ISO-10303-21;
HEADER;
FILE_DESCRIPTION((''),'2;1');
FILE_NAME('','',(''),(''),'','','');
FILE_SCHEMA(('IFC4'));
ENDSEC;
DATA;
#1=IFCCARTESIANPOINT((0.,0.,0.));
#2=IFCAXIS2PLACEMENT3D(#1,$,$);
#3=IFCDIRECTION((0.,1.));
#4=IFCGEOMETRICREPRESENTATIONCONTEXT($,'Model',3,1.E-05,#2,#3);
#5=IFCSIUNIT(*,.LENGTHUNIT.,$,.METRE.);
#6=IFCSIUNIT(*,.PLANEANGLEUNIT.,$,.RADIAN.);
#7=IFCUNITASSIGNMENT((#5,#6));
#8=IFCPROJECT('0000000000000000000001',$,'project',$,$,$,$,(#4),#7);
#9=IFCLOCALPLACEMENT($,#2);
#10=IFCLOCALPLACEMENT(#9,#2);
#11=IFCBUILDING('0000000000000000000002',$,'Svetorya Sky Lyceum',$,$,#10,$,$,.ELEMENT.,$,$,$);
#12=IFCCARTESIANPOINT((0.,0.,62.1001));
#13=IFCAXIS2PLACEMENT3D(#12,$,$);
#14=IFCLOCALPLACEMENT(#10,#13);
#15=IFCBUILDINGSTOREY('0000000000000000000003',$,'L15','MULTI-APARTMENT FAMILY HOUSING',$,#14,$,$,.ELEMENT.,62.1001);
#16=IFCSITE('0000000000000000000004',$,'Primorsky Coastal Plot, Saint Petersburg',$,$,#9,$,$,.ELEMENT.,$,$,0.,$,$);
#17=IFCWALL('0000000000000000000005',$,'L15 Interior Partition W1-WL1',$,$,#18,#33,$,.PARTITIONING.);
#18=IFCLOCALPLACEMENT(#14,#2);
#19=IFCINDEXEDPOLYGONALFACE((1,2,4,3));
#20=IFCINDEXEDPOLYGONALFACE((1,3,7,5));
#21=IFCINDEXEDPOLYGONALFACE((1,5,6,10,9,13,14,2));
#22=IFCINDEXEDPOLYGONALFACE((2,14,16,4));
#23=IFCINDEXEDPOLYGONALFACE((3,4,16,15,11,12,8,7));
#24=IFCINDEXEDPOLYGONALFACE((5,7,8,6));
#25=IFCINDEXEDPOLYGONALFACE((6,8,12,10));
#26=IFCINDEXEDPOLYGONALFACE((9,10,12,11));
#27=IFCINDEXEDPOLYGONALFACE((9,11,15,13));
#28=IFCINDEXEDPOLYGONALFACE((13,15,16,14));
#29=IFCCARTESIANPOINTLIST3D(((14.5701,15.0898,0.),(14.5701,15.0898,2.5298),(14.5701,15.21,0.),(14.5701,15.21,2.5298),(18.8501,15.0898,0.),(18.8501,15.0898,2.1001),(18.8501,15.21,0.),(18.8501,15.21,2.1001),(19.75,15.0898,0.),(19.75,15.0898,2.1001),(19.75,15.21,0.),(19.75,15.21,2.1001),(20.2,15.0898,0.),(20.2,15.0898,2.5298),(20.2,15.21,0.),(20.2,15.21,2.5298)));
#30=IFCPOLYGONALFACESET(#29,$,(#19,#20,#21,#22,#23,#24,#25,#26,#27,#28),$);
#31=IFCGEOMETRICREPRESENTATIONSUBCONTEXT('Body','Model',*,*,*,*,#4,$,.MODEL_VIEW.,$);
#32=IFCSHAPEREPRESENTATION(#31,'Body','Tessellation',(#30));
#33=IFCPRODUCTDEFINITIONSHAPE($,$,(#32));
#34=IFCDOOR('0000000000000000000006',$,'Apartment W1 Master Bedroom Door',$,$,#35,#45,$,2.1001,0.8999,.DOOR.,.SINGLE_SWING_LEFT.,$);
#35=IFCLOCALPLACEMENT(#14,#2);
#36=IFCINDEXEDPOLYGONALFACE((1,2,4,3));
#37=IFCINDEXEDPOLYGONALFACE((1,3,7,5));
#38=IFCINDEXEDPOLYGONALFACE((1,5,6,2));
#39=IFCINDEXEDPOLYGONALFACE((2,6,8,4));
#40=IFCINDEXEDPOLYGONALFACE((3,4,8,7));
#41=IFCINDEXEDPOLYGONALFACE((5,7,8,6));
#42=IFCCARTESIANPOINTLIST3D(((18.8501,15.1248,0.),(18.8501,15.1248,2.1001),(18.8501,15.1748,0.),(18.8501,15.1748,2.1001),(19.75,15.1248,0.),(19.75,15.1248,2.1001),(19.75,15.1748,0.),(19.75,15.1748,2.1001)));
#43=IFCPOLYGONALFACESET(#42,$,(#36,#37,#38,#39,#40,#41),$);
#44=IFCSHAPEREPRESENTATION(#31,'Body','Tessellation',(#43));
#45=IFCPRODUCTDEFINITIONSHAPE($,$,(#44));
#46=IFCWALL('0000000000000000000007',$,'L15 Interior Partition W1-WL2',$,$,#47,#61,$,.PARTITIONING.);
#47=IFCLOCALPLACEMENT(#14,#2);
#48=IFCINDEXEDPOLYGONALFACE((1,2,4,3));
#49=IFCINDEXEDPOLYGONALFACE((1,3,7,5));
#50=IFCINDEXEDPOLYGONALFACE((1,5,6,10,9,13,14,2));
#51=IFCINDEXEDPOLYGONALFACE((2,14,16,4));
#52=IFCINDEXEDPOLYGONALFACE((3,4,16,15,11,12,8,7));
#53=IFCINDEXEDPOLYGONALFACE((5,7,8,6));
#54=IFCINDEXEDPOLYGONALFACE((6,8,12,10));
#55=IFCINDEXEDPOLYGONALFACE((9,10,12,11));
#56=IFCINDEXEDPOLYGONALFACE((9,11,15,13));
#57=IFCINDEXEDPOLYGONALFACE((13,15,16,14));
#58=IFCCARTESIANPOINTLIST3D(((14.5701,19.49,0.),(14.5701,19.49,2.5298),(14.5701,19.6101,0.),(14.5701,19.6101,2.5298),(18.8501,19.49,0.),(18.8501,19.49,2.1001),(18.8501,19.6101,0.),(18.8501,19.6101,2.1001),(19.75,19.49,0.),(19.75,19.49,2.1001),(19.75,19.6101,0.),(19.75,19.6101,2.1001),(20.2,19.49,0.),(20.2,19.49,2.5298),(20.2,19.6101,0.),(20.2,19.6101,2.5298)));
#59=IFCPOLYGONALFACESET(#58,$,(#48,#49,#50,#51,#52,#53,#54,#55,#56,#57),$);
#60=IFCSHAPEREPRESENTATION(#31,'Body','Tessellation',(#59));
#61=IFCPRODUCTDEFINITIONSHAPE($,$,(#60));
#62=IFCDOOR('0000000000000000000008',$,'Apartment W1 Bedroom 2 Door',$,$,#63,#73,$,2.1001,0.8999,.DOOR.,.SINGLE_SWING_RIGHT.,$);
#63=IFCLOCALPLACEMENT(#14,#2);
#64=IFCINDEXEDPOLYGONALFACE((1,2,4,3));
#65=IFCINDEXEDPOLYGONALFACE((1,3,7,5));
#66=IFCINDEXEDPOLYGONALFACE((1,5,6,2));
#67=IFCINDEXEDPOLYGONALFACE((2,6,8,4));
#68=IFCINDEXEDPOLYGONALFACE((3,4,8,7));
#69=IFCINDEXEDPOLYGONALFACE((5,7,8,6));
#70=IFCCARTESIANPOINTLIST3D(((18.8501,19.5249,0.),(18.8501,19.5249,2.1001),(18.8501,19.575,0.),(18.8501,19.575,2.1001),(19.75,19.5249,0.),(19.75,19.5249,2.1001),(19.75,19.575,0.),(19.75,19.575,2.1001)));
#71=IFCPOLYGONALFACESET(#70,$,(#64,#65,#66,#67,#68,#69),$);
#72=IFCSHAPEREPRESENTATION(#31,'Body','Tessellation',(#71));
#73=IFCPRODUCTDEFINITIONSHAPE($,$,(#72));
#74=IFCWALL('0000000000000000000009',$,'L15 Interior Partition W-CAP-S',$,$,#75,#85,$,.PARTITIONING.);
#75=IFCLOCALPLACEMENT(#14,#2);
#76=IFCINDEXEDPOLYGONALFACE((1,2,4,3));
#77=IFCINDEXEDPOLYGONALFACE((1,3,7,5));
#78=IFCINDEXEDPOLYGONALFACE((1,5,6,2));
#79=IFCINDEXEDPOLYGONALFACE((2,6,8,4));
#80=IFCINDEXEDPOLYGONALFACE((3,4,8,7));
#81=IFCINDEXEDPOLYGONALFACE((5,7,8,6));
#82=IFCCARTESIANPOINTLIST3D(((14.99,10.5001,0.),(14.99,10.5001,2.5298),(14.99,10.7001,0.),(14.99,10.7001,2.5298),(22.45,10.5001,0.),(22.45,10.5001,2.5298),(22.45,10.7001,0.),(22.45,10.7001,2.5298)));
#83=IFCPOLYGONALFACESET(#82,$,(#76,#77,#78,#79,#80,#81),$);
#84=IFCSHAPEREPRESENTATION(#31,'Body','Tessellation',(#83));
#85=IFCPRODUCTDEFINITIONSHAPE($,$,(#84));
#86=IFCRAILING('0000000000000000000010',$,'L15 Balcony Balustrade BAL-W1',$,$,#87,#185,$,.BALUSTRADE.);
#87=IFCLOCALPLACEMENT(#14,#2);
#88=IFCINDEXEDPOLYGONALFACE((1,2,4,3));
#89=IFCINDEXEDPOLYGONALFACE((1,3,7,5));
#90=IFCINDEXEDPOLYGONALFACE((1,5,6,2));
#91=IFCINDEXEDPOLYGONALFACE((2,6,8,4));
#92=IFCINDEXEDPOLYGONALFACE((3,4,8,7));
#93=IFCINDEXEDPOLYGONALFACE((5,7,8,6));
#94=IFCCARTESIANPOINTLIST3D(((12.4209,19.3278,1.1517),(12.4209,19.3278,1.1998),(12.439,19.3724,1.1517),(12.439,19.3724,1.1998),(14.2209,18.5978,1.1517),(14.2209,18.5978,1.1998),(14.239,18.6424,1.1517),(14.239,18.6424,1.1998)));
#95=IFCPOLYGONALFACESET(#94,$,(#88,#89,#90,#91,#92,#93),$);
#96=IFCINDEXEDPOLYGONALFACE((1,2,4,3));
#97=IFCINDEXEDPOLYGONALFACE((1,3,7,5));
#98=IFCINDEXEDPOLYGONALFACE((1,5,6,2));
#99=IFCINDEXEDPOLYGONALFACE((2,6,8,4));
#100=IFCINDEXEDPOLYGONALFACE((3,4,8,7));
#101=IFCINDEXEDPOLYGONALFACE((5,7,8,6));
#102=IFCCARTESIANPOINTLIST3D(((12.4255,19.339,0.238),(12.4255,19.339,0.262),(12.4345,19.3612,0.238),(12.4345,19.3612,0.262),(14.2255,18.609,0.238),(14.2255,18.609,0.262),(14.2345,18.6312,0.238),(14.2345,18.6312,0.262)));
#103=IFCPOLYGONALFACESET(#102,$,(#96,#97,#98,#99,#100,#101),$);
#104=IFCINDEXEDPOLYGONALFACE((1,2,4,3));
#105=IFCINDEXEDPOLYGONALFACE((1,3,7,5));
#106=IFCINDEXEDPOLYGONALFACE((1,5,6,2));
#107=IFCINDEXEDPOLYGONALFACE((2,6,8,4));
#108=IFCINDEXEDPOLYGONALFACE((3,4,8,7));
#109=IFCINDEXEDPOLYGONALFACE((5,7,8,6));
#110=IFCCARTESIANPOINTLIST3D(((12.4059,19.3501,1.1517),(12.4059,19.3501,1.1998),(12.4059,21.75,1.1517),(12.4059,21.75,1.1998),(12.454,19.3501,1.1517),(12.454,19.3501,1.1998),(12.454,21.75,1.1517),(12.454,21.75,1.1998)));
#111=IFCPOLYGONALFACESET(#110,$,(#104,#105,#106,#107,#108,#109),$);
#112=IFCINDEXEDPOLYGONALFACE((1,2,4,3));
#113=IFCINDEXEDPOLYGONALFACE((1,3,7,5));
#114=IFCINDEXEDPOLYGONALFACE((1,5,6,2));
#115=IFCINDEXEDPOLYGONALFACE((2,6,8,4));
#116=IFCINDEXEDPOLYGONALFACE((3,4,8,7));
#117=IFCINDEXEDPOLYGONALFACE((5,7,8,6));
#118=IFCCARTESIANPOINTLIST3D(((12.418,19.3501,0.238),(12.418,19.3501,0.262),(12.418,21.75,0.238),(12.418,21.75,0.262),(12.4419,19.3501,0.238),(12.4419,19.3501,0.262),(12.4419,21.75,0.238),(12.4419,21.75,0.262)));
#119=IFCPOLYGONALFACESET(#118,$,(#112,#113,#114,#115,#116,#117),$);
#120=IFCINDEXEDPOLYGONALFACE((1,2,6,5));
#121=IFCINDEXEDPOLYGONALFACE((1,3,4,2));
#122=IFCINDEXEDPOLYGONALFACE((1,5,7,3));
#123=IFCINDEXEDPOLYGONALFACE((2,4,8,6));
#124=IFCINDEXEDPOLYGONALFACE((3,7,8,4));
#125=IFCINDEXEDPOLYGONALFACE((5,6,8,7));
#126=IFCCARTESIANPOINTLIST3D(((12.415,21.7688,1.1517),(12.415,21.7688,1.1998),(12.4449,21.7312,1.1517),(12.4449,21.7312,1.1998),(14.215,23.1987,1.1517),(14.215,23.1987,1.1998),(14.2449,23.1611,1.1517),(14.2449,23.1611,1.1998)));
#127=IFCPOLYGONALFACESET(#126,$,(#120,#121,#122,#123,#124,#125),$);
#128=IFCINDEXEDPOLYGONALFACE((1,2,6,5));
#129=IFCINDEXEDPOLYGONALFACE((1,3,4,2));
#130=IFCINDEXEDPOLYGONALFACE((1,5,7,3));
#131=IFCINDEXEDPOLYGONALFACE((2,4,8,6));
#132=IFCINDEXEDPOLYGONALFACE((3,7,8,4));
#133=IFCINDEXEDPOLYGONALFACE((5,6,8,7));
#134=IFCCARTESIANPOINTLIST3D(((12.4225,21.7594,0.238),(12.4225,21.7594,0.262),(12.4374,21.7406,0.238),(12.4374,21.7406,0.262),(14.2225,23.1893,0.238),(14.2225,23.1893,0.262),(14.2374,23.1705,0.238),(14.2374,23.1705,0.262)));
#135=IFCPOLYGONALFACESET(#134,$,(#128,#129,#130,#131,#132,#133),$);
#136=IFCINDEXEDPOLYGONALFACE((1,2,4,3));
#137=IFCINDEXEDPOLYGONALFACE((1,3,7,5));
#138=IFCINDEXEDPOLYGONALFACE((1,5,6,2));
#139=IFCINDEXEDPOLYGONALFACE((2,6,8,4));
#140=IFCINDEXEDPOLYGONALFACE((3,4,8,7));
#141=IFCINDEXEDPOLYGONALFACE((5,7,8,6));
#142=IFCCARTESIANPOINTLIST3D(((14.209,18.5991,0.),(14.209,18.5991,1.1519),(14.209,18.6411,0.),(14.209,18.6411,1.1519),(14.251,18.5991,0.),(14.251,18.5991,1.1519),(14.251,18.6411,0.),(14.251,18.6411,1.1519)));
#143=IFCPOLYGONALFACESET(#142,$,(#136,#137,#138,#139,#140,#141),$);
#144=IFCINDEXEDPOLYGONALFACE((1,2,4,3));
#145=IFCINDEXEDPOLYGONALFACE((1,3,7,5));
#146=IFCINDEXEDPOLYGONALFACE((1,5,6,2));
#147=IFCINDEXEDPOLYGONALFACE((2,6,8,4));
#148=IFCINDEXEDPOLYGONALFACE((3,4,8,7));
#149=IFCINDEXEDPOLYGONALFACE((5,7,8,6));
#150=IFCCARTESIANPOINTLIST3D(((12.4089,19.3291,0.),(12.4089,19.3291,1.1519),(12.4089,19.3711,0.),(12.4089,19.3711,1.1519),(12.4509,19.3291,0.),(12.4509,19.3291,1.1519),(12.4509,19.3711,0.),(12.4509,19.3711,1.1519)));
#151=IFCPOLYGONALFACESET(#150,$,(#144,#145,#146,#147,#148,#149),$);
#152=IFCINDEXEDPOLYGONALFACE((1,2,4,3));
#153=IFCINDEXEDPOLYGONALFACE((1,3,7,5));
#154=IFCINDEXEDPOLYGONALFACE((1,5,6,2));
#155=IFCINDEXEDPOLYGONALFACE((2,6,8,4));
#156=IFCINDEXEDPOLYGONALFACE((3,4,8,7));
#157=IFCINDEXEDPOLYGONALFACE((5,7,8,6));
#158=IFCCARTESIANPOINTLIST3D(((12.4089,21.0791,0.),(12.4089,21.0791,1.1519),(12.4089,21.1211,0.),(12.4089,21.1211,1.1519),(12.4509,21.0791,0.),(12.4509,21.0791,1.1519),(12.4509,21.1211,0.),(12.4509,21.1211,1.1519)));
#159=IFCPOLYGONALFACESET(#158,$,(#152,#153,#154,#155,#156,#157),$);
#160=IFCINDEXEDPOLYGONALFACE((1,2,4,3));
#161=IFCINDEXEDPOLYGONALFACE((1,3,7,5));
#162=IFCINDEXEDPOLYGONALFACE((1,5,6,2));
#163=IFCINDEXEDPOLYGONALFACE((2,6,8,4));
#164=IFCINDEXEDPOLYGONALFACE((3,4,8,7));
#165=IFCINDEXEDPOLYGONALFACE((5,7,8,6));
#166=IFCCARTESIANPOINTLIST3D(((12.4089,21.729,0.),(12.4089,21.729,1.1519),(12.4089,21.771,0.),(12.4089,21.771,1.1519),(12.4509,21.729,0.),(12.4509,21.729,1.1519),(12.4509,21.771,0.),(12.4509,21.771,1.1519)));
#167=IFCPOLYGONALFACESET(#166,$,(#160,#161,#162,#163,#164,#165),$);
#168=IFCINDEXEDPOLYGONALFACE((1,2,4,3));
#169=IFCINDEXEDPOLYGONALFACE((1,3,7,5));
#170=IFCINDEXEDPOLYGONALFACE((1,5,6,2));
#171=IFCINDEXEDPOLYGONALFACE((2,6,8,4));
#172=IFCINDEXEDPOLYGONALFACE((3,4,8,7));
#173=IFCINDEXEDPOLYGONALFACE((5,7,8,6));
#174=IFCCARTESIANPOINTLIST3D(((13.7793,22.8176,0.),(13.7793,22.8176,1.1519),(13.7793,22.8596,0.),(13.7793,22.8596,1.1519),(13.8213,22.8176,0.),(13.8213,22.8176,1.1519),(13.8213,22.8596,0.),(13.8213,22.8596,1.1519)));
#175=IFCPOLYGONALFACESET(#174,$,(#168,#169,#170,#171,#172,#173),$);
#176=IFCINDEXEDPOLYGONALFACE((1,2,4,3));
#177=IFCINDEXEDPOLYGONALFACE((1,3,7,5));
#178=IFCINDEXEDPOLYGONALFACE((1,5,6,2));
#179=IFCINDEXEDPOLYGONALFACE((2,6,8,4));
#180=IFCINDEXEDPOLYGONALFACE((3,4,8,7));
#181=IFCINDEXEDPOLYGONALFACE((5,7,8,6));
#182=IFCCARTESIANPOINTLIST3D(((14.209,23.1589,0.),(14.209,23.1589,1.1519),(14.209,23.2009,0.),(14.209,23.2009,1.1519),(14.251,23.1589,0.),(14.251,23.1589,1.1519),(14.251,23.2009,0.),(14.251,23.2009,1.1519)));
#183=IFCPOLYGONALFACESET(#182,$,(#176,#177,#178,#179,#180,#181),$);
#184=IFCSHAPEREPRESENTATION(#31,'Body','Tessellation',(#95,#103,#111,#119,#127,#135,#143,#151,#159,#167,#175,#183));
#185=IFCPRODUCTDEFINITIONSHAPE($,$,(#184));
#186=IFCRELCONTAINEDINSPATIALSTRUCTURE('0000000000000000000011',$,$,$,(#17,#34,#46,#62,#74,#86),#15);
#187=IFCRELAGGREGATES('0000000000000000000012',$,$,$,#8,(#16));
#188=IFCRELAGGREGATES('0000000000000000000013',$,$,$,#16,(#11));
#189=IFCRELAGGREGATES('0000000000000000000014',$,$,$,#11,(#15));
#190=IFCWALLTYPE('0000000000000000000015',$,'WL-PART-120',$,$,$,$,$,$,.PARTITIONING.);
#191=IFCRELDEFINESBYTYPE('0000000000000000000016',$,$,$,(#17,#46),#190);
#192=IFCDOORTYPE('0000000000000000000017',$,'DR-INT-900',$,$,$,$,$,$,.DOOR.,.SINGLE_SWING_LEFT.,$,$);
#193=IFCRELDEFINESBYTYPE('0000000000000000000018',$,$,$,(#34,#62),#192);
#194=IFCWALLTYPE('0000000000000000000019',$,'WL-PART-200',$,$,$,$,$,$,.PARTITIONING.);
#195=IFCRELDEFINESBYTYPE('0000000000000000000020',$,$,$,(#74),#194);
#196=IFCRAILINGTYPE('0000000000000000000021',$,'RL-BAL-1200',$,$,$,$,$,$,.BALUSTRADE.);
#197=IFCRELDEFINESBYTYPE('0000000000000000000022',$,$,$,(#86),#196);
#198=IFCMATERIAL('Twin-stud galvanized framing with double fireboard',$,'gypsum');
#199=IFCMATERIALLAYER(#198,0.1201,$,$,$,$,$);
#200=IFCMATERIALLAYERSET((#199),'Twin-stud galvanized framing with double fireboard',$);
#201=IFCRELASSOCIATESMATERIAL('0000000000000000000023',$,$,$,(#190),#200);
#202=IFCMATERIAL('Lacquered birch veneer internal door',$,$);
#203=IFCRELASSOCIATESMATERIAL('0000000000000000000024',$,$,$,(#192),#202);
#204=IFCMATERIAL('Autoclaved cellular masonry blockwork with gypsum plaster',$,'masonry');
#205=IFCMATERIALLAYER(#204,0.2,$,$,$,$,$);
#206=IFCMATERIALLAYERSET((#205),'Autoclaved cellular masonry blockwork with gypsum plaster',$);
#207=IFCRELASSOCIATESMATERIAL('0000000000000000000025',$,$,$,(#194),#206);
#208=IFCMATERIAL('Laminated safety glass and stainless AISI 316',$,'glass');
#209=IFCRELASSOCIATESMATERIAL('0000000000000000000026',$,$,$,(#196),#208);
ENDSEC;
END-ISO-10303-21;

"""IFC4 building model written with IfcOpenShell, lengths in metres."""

from ifc_helpers import new_model, si_unit, direction, frame, frame_2d, origin, origin_2d, place, context, subcontext, project, spatial, rectangle, extrude, material, layer, layer_set, type_object, element, fill, save


model = new_model("IFC4")

# Units and contexts
model_context = context("Model", 3, precision=1e-05, world=origin(), true_north=direction((0.0, 1.0)))
body_context = subcontext(model_context, "Body", "Model", "MODEL_VIEW")
ifc_project = project(units=[si_unit("LENGTHUNIT", "METRE"), si_unit("PLANEANGLEUNIT", "RADIAN")], contexts=[model_context])

# Site, building, storey
site_placement = place(None, origin())
site = spatial("IfcSite", under=ifc_project, at=site_placement, Name="Primorsky Coastal Plot, Saint Petersburg", CompositionType="ELEMENT", RefElevation=0.0)
building_placement = place(site_placement, origin())
building = spatial("IfcBuilding", under=site, at=building_placement, Name="Svetorya Sky Lyceum", CompositionType="ELEMENT")
storey_placement = place(building_placement, frame((0.0, 0.0, 62.1001)))
storey = spatial("IfcBuildingStorey", under=building, at=storey_placement, Name="L15", Description="MULTI-APARTMENT FAMILY HOUSING", CompositionType="ELEMENT", Elevation=62.1001)

# Walls, openings, doors
ifc_material_1 = material(Name="Twin-stud galvanized framing with double fireboard", Category="gypsum")
ifc_layer_1 = layer(ifc_material_1, 0.1201)
ifc_layer_set_1 = layer_set([ifc_layer_1], Name="Twin-stud galvanized framing with double fireboard")
wall_type_1 = type_object("IfcWallType", Name="WL-PART-120", PredefinedType="PARTITIONING", material=ifc_layer_set_1)
wall_1_placement = place(storey_placement, frame((14.5701, 15.1499, 0.0), z_axis=(0.0, 0.0, 1.0), x_axis=(1.0, 0.0, 0.0)))
wall_1 = element("IfcWall", 1, at=wall_1_placement, inside=storey, type_object=wall_type_1, Name="L15 Interior Partition W1-WL1", PredefinedType="PARTITIONING", context=body_context, shape_type="SweptSolid", body=[
    extrude(rectangle(XDim=5.6299, YDim=0.1201, at=frame_2d((2.8149, 0.0))), origin(), (0.0, 0.0, 1.0), 2.5298),
])
opening_1_placement = place(wall_1_placement, frame((4.28, 0.0, 0.0)))
opening_1 = element("IfcOpeningElement", 2, at=opening_1_placement, cuts=wall_1, PredefinedType="OPENING", context=body_context, shape_type="SweptSolid", body=[
    extrude(rectangle(XDim=0.8999, YDim=2.1001, at=frame_2d((0.45, 1.05))), frame((0.0, 0.0701, 0.0), z_axis=(0.0, -1.0, 0.0), x_axis=(1.0, 0.0, 0.0)), (0.0, 0.0, 1.0), 0.1401),
])
ifc_material_2 = material(Name="Lacquered birch veneer internal door")
door_type = type_object("IfcDoorType", Name="DR-INT-900", OperationType="SINGLE_SWING_LEFT", PredefinedType="DOOR", material=ifc_material_2)
door_1_placement = place(opening_1_placement, origin())
door_1 = element("IfcDoor", 3, at=door_1_placement, inside=storey, type_object=door_type, Name="Apartment W1 Master Bedroom Door", OperationType="SINGLE_SWING_LEFT", OverallHeight=2.1001, OverallWidth=0.8999, PredefinedType="DOOR", context=body_context, shape_type="SweptSolid", body=[
    extrude(rectangle(XDim=0.8999, YDim=2.1001, at=frame_2d((0.45, 1.05))), frame((0.0, 0.0249, 0.0), z_axis=(0.0, -1.0, 0.0), x_axis=(1.0, 0.0, 0.0)), (0.0, 0.0, 1.0), 0.05),
])
fill(opening_1, door_1)
wall_2_placement = place(storey_placement, frame((14.5701, 19.55, 0.0), z_axis=(0.0, 0.0, 1.0), x_axis=(1.0, 0.0, 0.0)))
wall_2 = element("IfcWall", 4, at=wall_2_placement, inside=storey, type_object=wall_type_1, Name="L15 Interior Partition W1-WL2", PredefinedType="PARTITIONING", context=body_context, shape_type="SweptSolid", body=[
    extrude(rectangle(XDim=5.6299, YDim=0.1201, at=frame_2d((2.8149, 0.0))), origin(), (0.0, 0.0, 1.0), 2.5298),
])
opening_2_placement = place(wall_2_placement, frame((4.28, 0.0, 0.0)))
opening_2 = element("IfcOpeningElement", 5, at=opening_2_placement, cuts=wall_2, PredefinedType="OPENING", context=body_context, shape_type="SweptSolid", body=[
    extrude(rectangle(XDim=0.8999, YDim=2.1001, at=frame_2d((0.45, 1.05))), frame((0.0, 0.0701, 0.0), z_axis=(0.0, -1.0, 0.0), x_axis=(1.0, 0.0, 0.0)), (0.0, 0.0, 1.0), 0.1401),
])
door_2_placement = place(opening_2_placement, origin())
door_2 = element("IfcDoor", 6, at=door_2_placement, inside=storey, type_object=door_type, Name="Apartment W1 Bedroom 2 Door", OperationType="SINGLE_SWING_RIGHT", OverallHeight=2.1001, OverallWidth=0.8999, PredefinedType="DOOR", context=body_context, shape_type="SweptSolid", body=[
    extrude(rectangle(XDim=0.8999, YDim=2.1001, at=frame_2d((0.45, 1.05))), frame((0.0, 0.0249, 0.0), z_axis=(0.0, -1.0, 0.0), x_axis=(1.0, 0.0, 0.0)), (0.0, 0.0, 1.0), 0.05),
])
fill(opening_2, door_2)

# Wall
ifc_material_3 = material(Name="Autoclaved cellular masonry blockwork with gypsum plaster", Category="masonry")
ifc_layer_2 = layer(ifc_material_3, 0.2)
ifc_layer_set_2 = layer_set([ifc_layer_2], Name="Autoclaved cellular masonry blockwork with gypsum plaster")
wall_type_2 = type_object("IfcWallType", Name="WL-PART-200", PredefinedType="PARTITIONING", material=ifc_layer_set_2)
wall_3_placement = place(storey_placement, frame((14.99, 10.6001, 0.0), z_axis=(0.0, 0.0, 1.0), x_axis=(1.0, 0.0, 0.0)))
element("IfcWall", 7, at=wall_3_placement, inside=storey, type_object=wall_type_2, Name="L15 Interior Partition W-CAP-S", PredefinedType="PARTITIONING", context=body_context, shape_type="SweptSolid", body=[
    extrude(rectangle(XDim=7.46, YDim=0.2, at=frame_2d((3.73, 0.0))), origin(), (0.0, 0.0, 1.0), 2.5298),
])

# Railing
ifc_material_4 = material(Name="Laminated safety glass and stainless AISI 316", Category="glass")
railing_type = type_object("IfcRailingType", Name="RL-BAL-1200", PredefinedType="BALUSTRADE", material=ifc_material_4)
railing_placement = place(storey_placement, frame((14.23, 18.6201, 0.0)))
element("IfcRailing", 8, at=railing_placement, inside=storey, type_object=railing_type, Name="L15 Balcony Balustrade BAL-W1", PredefinedType="BALUSTRADE", context=body_context, shape_type="SweptSolid", body=[
    extrude(rectangle(XDim=0.0481, YDim=0.0481, at=origin_2d()), frame((0.0, 0.0, 1.1758), z_axis=(-0.926698, 0.375807, 0.0), x_axis=(-0.375807, -0.926698, 0.0)), (0.0, 0.0, 1.0), 1.9424),
    extrude(rectangle(XDim=0.0239, YDim=0.0239, at=origin_2d()), frame((0.0, 0.0, 0.25), z_axis=(-0.926698, 0.375807, 0.0), x_axis=(-0.375807, -0.926698, 0.0)), (0.0, 0.0, 1.0), 1.9424),
    extrude(rectangle(XDim=0.0481, YDim=0.0481, at=origin_2d()), frame((-1.8, 0.73, 1.1758), z_axis=(0.0, 1.0, 0.0), x_axis=(-1.0, 0.0, 0.0)), (0.0, 0.0, 1.0), 2.3999),
    extrude(rectangle(XDim=0.0239, YDim=0.0239, at=origin_2d()), frame((-1.8, 0.73, 0.25), z_axis=(0.0, 1.0, 0.0), x_axis=(-1.0, 0.0, 0.0)), (0.0, 0.0, 1.0), 2.3999),
    extrude(rectangle(XDim=0.0481, YDim=0.0481, at=origin_2d()), frame((-1.8, 3.1299, 1.1758), z_axis=(0.783009, 0.62201, 0.0), x_axis=(-0.62201, 0.783009, 0.0)), (0.0, 0.0, 1.0), 2.2988),
    extrude(rectangle(XDim=0.0239, YDim=0.0239, at=origin_2d()), frame((-1.8, 3.1299, 0.25), z_axis=(0.783009, 0.62201, 0.0), x_axis=(-0.62201, 0.783009, 0.0)), (0.0, 0.0, 1.0), 2.2988),
    extrude(rectangle(XDim=0.042, YDim=0.042, at=origin_2d()), origin(), (0.0, 0.0, 1.0), 1.1519),
    extrude(rectangle(XDim=0.042, YDim=0.042, at=origin_2d()), frame((-1.8, 0.73, 0.0)), (0.0, 0.0, 1.0), 1.1519),
    extrude(rectangle(XDim=0.042, YDim=0.042, at=origin_2d()), frame((-1.8, 2.48, 0.0)), (0.0, 0.0, 1.0), 1.1519),
    extrude(rectangle(XDim=0.042, YDim=0.042, at=origin_2d()), frame((-1.8, 3.1299, 0.0)), (0.0, 0.0, 1.0), 1.1519),
    extrude(rectangle(XDim=0.042, YDim=0.042, at=origin_2d()), frame((-0.4297, 4.2185, 0.0)), (0.0, 0.0, 1.0), 1.1519),
    extrude(rectangle(XDim=0.042, YDim=0.042, at=origin_2d()), frame((0.0, 4.5598, 0.0)), (0.0, 0.0, 1.0), 1.1519),
])

save(model, "model.ifc")
